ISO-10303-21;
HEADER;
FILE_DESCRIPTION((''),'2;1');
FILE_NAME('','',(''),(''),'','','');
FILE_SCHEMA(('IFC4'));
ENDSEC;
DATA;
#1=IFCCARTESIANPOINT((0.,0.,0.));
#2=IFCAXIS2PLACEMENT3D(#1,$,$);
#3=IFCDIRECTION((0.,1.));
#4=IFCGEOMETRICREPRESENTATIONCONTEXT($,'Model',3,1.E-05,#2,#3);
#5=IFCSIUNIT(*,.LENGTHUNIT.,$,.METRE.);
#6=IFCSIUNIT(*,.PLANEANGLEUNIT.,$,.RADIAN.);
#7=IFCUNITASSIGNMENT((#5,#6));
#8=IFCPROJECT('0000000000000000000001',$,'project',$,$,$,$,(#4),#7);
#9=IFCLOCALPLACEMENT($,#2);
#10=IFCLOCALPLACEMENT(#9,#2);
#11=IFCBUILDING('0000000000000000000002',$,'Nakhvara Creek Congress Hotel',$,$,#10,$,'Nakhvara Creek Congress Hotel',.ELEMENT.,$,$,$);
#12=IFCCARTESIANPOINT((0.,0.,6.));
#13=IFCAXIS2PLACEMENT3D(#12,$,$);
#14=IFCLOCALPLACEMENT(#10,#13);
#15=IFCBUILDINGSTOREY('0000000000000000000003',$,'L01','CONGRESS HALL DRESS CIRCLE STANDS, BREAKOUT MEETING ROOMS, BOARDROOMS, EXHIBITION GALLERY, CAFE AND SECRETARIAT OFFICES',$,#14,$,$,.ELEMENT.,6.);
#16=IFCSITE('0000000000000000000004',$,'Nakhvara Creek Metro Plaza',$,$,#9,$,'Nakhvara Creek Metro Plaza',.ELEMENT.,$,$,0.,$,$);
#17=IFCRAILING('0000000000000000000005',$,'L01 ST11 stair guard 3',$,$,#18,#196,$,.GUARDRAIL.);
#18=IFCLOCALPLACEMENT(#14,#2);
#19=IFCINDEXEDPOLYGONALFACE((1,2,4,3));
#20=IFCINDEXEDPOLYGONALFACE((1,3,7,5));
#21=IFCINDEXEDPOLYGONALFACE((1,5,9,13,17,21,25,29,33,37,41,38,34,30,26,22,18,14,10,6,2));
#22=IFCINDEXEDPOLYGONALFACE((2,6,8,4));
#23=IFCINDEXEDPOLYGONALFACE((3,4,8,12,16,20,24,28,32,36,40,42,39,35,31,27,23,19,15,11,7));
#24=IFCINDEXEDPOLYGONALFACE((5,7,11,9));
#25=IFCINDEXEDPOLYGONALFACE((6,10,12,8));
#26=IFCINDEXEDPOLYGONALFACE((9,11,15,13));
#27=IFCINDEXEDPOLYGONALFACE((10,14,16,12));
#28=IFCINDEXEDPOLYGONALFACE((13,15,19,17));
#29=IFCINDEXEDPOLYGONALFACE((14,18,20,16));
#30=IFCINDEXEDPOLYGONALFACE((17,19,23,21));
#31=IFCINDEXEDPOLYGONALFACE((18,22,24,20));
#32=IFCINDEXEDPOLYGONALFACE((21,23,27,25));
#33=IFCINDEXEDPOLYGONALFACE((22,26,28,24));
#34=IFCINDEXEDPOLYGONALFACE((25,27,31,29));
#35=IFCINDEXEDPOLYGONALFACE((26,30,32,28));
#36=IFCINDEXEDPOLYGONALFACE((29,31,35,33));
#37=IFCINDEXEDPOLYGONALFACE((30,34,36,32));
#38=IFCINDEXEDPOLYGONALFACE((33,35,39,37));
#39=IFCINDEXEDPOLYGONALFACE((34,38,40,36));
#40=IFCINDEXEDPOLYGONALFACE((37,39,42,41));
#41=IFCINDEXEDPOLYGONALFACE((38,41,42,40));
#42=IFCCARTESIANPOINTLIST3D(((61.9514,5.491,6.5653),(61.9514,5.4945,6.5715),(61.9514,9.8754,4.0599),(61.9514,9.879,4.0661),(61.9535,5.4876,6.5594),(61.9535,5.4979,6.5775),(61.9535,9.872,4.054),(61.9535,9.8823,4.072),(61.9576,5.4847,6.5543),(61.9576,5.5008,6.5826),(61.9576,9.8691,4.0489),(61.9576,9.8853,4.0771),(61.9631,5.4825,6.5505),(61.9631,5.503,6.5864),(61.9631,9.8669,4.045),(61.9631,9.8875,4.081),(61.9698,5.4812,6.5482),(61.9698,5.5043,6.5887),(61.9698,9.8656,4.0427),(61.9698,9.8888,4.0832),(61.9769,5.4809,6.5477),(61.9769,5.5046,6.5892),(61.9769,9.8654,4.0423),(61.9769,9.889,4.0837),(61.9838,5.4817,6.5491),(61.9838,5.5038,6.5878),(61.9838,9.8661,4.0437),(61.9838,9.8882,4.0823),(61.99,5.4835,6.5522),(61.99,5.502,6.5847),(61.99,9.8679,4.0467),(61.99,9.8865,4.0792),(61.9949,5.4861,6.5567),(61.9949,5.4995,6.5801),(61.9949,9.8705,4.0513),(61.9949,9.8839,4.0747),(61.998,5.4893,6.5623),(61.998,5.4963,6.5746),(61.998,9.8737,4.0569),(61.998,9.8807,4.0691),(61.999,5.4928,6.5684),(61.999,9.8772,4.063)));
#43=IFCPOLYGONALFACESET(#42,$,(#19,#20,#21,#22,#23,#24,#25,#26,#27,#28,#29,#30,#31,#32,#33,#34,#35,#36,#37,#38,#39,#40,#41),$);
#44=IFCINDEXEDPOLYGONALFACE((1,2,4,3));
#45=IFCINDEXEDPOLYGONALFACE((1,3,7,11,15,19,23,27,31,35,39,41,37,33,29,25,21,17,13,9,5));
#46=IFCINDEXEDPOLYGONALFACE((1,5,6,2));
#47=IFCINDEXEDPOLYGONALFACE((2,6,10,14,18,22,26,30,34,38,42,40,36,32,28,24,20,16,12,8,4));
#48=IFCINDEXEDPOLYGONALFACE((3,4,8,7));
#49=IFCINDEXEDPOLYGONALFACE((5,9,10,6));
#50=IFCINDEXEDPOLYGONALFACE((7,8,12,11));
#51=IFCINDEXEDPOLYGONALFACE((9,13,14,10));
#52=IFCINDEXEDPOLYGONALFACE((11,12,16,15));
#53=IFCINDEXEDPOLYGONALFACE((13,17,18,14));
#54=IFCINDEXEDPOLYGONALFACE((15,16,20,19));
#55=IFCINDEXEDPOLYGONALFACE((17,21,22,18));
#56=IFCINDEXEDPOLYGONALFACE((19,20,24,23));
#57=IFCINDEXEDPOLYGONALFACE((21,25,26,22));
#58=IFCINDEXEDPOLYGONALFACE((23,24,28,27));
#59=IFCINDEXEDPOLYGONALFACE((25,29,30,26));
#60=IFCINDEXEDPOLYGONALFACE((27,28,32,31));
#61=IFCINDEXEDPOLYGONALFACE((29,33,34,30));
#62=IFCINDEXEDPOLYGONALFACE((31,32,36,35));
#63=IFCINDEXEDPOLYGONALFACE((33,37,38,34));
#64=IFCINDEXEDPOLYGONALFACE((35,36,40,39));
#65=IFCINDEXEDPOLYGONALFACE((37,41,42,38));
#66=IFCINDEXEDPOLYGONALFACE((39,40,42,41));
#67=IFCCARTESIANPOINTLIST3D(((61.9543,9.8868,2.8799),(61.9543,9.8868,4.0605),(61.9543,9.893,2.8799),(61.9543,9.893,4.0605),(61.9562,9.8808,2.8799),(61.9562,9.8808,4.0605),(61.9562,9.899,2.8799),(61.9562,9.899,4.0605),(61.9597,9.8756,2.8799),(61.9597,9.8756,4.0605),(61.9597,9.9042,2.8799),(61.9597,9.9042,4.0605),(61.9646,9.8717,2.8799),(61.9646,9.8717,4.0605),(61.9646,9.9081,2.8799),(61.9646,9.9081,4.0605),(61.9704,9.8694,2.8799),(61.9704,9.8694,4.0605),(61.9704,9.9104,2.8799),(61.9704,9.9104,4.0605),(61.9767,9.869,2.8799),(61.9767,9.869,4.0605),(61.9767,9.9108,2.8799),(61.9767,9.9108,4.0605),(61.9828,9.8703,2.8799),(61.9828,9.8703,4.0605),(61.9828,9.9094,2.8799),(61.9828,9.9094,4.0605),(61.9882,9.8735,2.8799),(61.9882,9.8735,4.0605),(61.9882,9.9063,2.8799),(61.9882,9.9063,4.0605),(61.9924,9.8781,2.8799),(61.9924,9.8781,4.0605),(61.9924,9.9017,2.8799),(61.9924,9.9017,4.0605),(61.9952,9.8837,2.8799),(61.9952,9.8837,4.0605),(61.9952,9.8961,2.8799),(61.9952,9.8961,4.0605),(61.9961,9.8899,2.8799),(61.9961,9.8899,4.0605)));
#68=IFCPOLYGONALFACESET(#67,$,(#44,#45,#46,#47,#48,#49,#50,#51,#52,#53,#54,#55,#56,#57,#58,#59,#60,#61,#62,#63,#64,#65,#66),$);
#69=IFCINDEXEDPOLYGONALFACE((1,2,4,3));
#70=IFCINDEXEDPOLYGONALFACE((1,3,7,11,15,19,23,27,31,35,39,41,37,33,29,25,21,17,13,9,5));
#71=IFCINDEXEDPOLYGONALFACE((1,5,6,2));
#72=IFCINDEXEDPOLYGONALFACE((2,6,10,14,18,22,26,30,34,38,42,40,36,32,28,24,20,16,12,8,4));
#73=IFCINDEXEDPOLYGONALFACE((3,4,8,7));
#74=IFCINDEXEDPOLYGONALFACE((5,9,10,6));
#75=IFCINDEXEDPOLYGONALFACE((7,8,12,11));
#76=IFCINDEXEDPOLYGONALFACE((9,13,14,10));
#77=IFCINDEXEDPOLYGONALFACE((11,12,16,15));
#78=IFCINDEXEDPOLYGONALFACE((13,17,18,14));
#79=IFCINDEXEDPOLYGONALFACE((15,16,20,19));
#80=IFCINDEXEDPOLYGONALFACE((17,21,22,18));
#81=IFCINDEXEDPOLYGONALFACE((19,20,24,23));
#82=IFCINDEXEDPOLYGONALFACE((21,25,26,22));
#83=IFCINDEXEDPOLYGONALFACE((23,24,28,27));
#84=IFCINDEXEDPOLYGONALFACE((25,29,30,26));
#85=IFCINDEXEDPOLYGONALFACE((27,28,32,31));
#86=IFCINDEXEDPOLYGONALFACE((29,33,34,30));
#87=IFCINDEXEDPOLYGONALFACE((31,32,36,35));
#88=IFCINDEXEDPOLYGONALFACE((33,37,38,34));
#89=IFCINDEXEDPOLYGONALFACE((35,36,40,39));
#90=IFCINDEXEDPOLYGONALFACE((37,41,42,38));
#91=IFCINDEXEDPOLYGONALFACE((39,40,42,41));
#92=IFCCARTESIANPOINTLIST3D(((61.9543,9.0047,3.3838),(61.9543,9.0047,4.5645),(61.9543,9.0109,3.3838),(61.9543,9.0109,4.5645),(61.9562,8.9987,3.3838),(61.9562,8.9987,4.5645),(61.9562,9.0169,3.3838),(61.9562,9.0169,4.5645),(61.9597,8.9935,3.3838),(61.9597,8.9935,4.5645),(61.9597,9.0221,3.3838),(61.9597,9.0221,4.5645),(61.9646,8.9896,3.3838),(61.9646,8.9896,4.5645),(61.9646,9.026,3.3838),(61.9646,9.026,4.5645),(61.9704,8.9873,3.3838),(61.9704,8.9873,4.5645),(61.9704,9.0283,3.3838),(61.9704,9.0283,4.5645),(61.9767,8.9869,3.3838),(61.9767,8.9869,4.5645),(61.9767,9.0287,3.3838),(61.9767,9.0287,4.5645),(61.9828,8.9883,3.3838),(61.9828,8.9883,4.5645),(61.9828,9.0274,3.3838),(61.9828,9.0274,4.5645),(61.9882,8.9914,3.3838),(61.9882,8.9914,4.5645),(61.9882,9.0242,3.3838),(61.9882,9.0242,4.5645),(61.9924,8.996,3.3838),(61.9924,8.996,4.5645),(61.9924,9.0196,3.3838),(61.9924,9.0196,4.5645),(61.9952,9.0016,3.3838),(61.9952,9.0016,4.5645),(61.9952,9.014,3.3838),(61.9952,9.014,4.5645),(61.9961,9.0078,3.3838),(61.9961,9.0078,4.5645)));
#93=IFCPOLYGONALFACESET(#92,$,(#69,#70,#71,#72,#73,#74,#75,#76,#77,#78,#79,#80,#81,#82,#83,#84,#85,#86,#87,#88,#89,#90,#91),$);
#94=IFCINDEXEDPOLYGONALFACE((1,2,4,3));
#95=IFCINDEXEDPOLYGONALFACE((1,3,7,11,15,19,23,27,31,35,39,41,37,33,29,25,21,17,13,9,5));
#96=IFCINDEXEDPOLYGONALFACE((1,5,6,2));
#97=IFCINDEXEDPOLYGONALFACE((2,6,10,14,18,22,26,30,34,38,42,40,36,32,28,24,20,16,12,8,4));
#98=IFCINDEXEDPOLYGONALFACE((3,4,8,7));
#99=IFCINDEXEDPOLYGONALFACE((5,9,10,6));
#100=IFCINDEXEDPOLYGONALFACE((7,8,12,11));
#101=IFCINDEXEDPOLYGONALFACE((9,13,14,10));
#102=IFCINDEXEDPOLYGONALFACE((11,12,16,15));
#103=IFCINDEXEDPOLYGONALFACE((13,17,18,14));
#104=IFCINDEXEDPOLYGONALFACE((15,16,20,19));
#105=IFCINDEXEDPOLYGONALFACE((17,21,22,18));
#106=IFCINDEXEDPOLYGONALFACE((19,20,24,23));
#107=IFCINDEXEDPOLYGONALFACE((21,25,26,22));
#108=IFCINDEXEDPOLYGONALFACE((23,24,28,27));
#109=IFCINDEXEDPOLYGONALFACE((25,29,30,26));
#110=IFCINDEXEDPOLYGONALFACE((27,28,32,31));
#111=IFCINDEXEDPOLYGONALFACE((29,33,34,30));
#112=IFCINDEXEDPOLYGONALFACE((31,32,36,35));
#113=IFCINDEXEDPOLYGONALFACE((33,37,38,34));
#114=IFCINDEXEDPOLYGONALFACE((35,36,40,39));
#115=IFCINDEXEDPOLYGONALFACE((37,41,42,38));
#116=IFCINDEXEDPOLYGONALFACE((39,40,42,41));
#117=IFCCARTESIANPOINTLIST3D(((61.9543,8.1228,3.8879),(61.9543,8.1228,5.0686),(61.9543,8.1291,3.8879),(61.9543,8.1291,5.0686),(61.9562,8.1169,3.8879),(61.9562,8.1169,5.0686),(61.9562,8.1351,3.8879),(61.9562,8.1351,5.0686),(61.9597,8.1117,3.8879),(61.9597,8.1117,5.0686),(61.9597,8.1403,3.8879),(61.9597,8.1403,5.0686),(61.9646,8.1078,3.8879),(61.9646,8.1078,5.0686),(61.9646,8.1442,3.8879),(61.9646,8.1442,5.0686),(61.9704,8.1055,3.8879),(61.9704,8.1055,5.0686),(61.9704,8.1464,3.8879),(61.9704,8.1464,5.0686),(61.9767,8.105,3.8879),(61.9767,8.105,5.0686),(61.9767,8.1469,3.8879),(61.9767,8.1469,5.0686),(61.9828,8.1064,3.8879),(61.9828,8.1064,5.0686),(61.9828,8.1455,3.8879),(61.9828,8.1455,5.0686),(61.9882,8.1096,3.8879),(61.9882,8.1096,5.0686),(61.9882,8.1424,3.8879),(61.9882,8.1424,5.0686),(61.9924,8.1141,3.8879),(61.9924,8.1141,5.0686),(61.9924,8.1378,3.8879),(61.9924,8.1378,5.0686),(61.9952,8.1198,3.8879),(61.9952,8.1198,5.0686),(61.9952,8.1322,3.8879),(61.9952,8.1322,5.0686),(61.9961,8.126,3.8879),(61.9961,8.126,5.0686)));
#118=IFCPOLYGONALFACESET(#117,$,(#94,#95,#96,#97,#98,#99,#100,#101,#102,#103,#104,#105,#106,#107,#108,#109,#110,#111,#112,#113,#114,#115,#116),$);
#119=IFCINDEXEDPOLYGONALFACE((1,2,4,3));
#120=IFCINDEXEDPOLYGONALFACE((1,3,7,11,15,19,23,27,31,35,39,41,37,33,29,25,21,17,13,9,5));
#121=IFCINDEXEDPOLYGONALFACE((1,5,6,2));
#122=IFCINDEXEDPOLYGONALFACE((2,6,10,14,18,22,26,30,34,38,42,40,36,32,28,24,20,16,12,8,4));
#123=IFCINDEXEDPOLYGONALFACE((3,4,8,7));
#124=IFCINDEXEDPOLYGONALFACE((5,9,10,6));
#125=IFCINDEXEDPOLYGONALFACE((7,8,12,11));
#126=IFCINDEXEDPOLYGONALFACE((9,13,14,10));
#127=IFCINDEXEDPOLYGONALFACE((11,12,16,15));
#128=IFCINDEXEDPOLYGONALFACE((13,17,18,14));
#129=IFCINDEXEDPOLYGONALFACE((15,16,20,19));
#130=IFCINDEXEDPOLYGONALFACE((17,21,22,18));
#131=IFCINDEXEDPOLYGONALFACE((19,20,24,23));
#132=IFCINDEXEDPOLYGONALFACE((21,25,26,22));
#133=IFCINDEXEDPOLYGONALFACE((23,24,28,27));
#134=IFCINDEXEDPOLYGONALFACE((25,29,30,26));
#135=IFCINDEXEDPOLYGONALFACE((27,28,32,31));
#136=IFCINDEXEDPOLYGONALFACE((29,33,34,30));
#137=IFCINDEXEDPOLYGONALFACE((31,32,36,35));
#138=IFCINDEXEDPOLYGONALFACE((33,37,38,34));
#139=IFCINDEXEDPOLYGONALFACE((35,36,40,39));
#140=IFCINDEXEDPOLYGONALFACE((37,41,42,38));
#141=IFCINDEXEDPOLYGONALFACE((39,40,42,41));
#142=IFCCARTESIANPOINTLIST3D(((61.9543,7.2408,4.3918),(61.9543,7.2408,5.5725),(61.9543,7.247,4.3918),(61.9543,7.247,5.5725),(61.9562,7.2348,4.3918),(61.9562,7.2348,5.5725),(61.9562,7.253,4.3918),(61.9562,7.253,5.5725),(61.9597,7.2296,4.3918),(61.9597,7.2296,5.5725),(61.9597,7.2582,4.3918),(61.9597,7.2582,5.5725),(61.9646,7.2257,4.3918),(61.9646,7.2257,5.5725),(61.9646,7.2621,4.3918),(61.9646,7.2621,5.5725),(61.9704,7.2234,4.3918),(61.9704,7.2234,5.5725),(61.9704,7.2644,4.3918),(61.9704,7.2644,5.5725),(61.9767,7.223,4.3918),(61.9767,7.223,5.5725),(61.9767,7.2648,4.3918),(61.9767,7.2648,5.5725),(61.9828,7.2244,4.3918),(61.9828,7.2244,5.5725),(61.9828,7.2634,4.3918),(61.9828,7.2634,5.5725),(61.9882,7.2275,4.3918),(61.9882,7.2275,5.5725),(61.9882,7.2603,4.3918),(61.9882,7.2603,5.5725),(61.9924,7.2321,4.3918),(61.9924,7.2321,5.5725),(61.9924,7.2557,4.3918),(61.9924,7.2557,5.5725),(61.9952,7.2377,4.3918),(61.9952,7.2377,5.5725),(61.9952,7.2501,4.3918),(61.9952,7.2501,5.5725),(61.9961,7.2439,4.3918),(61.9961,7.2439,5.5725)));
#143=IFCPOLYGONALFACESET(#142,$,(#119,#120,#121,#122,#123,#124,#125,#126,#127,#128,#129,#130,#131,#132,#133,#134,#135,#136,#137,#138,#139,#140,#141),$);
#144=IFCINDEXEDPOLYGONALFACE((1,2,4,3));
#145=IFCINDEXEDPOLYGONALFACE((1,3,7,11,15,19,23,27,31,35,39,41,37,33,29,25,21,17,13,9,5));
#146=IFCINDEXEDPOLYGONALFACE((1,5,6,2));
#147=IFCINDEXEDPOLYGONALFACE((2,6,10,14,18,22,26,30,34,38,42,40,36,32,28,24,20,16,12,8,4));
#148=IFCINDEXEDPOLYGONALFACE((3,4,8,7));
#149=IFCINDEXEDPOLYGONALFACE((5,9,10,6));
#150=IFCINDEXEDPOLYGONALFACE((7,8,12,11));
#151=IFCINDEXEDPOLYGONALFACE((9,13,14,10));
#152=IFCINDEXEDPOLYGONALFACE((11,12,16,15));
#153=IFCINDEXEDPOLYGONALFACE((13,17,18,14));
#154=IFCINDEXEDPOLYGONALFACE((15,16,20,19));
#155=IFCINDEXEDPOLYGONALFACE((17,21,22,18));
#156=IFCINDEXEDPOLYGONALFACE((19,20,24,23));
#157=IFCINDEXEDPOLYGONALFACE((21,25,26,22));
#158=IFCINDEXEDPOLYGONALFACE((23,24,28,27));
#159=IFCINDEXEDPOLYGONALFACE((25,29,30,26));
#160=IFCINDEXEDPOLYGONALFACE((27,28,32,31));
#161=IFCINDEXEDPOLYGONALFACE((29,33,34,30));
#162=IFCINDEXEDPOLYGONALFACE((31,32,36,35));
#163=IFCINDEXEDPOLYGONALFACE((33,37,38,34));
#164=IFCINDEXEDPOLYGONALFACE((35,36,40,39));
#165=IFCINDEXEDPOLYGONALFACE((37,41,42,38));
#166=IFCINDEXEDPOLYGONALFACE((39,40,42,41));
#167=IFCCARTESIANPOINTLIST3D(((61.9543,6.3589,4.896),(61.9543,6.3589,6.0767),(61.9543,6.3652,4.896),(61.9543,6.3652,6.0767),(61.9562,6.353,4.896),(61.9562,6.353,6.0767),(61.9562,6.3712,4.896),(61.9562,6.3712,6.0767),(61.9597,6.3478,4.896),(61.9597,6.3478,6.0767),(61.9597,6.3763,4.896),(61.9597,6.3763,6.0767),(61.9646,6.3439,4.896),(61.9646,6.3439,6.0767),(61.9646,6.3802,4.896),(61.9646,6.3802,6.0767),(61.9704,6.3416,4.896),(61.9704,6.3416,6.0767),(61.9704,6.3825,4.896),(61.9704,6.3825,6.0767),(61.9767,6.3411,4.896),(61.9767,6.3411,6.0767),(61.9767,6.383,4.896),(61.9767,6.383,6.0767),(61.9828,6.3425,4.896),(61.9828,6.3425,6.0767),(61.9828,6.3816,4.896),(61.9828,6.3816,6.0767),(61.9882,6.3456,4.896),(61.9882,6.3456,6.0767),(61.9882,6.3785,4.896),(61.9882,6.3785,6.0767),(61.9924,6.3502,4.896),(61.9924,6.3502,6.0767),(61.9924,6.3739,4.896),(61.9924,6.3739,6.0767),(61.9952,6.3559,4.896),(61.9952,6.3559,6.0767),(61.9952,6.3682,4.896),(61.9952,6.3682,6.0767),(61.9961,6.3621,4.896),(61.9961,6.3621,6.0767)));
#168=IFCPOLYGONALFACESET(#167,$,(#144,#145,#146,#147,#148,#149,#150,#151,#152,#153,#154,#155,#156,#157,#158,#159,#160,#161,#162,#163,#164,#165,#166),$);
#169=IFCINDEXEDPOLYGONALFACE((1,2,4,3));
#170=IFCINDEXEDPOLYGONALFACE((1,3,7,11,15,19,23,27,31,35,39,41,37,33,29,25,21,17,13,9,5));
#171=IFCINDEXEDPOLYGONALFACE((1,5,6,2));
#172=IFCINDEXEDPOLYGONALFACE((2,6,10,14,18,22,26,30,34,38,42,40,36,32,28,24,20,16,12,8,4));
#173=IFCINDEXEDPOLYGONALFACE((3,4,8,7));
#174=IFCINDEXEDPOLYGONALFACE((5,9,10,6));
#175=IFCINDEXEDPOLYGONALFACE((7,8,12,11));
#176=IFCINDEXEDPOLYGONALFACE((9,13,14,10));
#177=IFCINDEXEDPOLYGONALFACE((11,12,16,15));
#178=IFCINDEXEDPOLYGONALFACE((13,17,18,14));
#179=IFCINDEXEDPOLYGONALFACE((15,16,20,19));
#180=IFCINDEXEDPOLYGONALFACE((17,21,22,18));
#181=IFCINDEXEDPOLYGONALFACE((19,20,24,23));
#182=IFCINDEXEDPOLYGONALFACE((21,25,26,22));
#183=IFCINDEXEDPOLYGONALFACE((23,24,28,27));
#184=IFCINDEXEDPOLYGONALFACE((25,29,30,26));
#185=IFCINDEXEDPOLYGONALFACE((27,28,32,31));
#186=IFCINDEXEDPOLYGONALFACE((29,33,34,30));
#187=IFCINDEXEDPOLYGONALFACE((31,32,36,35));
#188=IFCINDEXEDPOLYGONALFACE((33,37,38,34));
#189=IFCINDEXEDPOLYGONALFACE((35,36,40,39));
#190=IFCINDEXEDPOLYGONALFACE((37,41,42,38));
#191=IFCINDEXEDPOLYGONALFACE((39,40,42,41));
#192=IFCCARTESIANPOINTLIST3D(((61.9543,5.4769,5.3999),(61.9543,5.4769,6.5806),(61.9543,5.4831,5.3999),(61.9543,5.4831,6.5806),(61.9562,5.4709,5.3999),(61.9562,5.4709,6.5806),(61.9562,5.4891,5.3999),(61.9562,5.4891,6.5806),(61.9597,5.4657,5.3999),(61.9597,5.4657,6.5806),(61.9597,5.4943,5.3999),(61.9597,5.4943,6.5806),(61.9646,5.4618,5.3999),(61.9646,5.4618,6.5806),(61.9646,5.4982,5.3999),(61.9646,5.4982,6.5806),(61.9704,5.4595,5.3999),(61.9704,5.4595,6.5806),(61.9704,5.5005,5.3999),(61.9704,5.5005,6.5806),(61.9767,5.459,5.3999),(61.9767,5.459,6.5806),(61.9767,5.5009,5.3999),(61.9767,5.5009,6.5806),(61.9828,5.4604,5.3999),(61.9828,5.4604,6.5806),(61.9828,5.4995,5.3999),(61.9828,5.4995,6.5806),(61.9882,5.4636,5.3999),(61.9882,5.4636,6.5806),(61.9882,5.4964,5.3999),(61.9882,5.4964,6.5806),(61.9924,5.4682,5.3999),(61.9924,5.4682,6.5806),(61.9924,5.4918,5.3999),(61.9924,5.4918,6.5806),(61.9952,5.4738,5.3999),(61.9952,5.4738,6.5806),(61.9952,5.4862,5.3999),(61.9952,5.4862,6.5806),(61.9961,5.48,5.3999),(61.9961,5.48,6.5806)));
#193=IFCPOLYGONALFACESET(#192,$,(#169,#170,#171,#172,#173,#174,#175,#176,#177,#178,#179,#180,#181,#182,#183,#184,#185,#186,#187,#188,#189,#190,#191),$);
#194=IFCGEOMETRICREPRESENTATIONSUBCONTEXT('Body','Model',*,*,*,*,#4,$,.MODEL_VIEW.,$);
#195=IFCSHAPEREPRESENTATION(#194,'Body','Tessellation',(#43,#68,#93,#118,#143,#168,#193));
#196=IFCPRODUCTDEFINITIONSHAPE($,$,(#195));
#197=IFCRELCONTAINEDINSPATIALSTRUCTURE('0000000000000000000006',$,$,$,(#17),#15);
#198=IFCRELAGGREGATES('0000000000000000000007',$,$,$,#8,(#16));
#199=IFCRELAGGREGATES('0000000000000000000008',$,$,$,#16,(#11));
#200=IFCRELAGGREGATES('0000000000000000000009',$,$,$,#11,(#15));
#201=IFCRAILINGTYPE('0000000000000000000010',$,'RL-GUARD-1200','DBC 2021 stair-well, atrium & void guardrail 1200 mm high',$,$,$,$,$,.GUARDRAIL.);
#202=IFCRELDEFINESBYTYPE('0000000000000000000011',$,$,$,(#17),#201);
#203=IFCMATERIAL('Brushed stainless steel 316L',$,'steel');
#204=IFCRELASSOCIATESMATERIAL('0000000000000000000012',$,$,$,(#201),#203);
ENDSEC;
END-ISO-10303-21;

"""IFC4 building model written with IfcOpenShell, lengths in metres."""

from ifc_helpers import new_model, si_unit, direction, frame, origin, origin_2d, place, context, subcontext, project, spatial, circle, extrude, material, type_object, element, save


model = new_model("IFC4")

# Units and contexts
model_context = context("Model", 3, precision=1e-05, world=origin(), true_north=direction((0.0, 1.0)))
body_context = subcontext(model_context, "Body", "Model", "MODEL_VIEW")
ifc_project = project(units=[si_unit("LENGTHUNIT", "METRE"), si_unit("PLANEANGLEUNIT", "RADIAN")], contexts=[model_context])

# Site, building, storey
site_placement = place(None, origin())
site = spatial("IfcSite", under=ifc_project, at=site_placement, Name="Nakhvara Creek Metro Plaza", LongName="Nakhvara Creek Metro Plaza", CompositionType="ELEMENT", RefElevation=0.0)
building_placement = place(site_placement, origin())
building = spatial("IfcBuilding", under=site, at=building_placement, Name="Nakhvara Creek Congress Hotel", LongName="Nakhvara Creek Congress Hotel", CompositionType="ELEMENT")
storey_placement = place(building_placement, frame((0.0, 0.0, 6.0)))
storey = spatial("IfcBuildingStorey", under=building, at=storey_placement, Name="L01", Description="CONGRESS HALL DRESS CIRCLE STANDS, BREAKOUT MEETING ROOMS, BOARDROOMS, EXHIBITION GALLERY, CAFE AND SECRETARIAT OFFICES", CompositionType="ELEMENT", Elevation=6.0)

# Railing
ifc_material_1 = material(Name="Brushed stainless steel 316L", Category="steel")
railing_type_1 = type_object("IfcRailingType", Name="RL-GUARD-1200", Description="DBC 2021 stair-well, atrium & void guardrail 1200 mm high", PredefinedType="GUARDRAIL", material=ifc_material_1)
railing_1_placement = place(storey_placement, frame((61.9751, 9.8899, 2.8799)))
element("IfcRailing", 1, at=railing_1_placement, inside=storey, type_object=railing_type_1, Name="L01 ST11 stair guard 3", PredefinedType="GUARDRAIL", context=body_context, shape_type="SweptSolid", body=[
    extrude(circle(Radius=0.0239, at=origin_2d()), frame((0.0, -0.0127, 1.1831), z_axis=(0.0, -0.868237, 0.496149), x_axis=(1.0, 0.0, 0.0)), (0.0, 0.0, 1.0), 5.0498),
    extrude(circle(Radius=0.021, at=origin_2d()), origin(), (0.0, 0.0, 1.0), 1.1807),
    extrude(circle(Radius=0.021, at=origin_2d()), frame((0.0, -0.8821, 0.5039)), (0.0, 0.0, 1.0), 1.1807),
    extrude(circle(Radius=0.021, at=origin_2d()), frame((0.0, -1.7639, 1.0081)), (0.0, 0.0, 1.0), 1.1807),
    extrude(circle(Radius=0.021, at=origin_2d()), frame((0.0, -2.646, 1.512)), (0.0, 0.0, 1.0), 1.1807),
    extrude(circle(Radius=0.021, at=origin_2d()), frame((0.0, -3.5278, 2.0161)), (0.0, 0.0, 1.0), 1.1807),
    extrude(circle(Radius=0.021, at=origin_2d()), frame((0.0, -4.4099, 2.52)), (0.0, 0.0, 1.0), 1.1807),
])

save(model, "model.ifc")
